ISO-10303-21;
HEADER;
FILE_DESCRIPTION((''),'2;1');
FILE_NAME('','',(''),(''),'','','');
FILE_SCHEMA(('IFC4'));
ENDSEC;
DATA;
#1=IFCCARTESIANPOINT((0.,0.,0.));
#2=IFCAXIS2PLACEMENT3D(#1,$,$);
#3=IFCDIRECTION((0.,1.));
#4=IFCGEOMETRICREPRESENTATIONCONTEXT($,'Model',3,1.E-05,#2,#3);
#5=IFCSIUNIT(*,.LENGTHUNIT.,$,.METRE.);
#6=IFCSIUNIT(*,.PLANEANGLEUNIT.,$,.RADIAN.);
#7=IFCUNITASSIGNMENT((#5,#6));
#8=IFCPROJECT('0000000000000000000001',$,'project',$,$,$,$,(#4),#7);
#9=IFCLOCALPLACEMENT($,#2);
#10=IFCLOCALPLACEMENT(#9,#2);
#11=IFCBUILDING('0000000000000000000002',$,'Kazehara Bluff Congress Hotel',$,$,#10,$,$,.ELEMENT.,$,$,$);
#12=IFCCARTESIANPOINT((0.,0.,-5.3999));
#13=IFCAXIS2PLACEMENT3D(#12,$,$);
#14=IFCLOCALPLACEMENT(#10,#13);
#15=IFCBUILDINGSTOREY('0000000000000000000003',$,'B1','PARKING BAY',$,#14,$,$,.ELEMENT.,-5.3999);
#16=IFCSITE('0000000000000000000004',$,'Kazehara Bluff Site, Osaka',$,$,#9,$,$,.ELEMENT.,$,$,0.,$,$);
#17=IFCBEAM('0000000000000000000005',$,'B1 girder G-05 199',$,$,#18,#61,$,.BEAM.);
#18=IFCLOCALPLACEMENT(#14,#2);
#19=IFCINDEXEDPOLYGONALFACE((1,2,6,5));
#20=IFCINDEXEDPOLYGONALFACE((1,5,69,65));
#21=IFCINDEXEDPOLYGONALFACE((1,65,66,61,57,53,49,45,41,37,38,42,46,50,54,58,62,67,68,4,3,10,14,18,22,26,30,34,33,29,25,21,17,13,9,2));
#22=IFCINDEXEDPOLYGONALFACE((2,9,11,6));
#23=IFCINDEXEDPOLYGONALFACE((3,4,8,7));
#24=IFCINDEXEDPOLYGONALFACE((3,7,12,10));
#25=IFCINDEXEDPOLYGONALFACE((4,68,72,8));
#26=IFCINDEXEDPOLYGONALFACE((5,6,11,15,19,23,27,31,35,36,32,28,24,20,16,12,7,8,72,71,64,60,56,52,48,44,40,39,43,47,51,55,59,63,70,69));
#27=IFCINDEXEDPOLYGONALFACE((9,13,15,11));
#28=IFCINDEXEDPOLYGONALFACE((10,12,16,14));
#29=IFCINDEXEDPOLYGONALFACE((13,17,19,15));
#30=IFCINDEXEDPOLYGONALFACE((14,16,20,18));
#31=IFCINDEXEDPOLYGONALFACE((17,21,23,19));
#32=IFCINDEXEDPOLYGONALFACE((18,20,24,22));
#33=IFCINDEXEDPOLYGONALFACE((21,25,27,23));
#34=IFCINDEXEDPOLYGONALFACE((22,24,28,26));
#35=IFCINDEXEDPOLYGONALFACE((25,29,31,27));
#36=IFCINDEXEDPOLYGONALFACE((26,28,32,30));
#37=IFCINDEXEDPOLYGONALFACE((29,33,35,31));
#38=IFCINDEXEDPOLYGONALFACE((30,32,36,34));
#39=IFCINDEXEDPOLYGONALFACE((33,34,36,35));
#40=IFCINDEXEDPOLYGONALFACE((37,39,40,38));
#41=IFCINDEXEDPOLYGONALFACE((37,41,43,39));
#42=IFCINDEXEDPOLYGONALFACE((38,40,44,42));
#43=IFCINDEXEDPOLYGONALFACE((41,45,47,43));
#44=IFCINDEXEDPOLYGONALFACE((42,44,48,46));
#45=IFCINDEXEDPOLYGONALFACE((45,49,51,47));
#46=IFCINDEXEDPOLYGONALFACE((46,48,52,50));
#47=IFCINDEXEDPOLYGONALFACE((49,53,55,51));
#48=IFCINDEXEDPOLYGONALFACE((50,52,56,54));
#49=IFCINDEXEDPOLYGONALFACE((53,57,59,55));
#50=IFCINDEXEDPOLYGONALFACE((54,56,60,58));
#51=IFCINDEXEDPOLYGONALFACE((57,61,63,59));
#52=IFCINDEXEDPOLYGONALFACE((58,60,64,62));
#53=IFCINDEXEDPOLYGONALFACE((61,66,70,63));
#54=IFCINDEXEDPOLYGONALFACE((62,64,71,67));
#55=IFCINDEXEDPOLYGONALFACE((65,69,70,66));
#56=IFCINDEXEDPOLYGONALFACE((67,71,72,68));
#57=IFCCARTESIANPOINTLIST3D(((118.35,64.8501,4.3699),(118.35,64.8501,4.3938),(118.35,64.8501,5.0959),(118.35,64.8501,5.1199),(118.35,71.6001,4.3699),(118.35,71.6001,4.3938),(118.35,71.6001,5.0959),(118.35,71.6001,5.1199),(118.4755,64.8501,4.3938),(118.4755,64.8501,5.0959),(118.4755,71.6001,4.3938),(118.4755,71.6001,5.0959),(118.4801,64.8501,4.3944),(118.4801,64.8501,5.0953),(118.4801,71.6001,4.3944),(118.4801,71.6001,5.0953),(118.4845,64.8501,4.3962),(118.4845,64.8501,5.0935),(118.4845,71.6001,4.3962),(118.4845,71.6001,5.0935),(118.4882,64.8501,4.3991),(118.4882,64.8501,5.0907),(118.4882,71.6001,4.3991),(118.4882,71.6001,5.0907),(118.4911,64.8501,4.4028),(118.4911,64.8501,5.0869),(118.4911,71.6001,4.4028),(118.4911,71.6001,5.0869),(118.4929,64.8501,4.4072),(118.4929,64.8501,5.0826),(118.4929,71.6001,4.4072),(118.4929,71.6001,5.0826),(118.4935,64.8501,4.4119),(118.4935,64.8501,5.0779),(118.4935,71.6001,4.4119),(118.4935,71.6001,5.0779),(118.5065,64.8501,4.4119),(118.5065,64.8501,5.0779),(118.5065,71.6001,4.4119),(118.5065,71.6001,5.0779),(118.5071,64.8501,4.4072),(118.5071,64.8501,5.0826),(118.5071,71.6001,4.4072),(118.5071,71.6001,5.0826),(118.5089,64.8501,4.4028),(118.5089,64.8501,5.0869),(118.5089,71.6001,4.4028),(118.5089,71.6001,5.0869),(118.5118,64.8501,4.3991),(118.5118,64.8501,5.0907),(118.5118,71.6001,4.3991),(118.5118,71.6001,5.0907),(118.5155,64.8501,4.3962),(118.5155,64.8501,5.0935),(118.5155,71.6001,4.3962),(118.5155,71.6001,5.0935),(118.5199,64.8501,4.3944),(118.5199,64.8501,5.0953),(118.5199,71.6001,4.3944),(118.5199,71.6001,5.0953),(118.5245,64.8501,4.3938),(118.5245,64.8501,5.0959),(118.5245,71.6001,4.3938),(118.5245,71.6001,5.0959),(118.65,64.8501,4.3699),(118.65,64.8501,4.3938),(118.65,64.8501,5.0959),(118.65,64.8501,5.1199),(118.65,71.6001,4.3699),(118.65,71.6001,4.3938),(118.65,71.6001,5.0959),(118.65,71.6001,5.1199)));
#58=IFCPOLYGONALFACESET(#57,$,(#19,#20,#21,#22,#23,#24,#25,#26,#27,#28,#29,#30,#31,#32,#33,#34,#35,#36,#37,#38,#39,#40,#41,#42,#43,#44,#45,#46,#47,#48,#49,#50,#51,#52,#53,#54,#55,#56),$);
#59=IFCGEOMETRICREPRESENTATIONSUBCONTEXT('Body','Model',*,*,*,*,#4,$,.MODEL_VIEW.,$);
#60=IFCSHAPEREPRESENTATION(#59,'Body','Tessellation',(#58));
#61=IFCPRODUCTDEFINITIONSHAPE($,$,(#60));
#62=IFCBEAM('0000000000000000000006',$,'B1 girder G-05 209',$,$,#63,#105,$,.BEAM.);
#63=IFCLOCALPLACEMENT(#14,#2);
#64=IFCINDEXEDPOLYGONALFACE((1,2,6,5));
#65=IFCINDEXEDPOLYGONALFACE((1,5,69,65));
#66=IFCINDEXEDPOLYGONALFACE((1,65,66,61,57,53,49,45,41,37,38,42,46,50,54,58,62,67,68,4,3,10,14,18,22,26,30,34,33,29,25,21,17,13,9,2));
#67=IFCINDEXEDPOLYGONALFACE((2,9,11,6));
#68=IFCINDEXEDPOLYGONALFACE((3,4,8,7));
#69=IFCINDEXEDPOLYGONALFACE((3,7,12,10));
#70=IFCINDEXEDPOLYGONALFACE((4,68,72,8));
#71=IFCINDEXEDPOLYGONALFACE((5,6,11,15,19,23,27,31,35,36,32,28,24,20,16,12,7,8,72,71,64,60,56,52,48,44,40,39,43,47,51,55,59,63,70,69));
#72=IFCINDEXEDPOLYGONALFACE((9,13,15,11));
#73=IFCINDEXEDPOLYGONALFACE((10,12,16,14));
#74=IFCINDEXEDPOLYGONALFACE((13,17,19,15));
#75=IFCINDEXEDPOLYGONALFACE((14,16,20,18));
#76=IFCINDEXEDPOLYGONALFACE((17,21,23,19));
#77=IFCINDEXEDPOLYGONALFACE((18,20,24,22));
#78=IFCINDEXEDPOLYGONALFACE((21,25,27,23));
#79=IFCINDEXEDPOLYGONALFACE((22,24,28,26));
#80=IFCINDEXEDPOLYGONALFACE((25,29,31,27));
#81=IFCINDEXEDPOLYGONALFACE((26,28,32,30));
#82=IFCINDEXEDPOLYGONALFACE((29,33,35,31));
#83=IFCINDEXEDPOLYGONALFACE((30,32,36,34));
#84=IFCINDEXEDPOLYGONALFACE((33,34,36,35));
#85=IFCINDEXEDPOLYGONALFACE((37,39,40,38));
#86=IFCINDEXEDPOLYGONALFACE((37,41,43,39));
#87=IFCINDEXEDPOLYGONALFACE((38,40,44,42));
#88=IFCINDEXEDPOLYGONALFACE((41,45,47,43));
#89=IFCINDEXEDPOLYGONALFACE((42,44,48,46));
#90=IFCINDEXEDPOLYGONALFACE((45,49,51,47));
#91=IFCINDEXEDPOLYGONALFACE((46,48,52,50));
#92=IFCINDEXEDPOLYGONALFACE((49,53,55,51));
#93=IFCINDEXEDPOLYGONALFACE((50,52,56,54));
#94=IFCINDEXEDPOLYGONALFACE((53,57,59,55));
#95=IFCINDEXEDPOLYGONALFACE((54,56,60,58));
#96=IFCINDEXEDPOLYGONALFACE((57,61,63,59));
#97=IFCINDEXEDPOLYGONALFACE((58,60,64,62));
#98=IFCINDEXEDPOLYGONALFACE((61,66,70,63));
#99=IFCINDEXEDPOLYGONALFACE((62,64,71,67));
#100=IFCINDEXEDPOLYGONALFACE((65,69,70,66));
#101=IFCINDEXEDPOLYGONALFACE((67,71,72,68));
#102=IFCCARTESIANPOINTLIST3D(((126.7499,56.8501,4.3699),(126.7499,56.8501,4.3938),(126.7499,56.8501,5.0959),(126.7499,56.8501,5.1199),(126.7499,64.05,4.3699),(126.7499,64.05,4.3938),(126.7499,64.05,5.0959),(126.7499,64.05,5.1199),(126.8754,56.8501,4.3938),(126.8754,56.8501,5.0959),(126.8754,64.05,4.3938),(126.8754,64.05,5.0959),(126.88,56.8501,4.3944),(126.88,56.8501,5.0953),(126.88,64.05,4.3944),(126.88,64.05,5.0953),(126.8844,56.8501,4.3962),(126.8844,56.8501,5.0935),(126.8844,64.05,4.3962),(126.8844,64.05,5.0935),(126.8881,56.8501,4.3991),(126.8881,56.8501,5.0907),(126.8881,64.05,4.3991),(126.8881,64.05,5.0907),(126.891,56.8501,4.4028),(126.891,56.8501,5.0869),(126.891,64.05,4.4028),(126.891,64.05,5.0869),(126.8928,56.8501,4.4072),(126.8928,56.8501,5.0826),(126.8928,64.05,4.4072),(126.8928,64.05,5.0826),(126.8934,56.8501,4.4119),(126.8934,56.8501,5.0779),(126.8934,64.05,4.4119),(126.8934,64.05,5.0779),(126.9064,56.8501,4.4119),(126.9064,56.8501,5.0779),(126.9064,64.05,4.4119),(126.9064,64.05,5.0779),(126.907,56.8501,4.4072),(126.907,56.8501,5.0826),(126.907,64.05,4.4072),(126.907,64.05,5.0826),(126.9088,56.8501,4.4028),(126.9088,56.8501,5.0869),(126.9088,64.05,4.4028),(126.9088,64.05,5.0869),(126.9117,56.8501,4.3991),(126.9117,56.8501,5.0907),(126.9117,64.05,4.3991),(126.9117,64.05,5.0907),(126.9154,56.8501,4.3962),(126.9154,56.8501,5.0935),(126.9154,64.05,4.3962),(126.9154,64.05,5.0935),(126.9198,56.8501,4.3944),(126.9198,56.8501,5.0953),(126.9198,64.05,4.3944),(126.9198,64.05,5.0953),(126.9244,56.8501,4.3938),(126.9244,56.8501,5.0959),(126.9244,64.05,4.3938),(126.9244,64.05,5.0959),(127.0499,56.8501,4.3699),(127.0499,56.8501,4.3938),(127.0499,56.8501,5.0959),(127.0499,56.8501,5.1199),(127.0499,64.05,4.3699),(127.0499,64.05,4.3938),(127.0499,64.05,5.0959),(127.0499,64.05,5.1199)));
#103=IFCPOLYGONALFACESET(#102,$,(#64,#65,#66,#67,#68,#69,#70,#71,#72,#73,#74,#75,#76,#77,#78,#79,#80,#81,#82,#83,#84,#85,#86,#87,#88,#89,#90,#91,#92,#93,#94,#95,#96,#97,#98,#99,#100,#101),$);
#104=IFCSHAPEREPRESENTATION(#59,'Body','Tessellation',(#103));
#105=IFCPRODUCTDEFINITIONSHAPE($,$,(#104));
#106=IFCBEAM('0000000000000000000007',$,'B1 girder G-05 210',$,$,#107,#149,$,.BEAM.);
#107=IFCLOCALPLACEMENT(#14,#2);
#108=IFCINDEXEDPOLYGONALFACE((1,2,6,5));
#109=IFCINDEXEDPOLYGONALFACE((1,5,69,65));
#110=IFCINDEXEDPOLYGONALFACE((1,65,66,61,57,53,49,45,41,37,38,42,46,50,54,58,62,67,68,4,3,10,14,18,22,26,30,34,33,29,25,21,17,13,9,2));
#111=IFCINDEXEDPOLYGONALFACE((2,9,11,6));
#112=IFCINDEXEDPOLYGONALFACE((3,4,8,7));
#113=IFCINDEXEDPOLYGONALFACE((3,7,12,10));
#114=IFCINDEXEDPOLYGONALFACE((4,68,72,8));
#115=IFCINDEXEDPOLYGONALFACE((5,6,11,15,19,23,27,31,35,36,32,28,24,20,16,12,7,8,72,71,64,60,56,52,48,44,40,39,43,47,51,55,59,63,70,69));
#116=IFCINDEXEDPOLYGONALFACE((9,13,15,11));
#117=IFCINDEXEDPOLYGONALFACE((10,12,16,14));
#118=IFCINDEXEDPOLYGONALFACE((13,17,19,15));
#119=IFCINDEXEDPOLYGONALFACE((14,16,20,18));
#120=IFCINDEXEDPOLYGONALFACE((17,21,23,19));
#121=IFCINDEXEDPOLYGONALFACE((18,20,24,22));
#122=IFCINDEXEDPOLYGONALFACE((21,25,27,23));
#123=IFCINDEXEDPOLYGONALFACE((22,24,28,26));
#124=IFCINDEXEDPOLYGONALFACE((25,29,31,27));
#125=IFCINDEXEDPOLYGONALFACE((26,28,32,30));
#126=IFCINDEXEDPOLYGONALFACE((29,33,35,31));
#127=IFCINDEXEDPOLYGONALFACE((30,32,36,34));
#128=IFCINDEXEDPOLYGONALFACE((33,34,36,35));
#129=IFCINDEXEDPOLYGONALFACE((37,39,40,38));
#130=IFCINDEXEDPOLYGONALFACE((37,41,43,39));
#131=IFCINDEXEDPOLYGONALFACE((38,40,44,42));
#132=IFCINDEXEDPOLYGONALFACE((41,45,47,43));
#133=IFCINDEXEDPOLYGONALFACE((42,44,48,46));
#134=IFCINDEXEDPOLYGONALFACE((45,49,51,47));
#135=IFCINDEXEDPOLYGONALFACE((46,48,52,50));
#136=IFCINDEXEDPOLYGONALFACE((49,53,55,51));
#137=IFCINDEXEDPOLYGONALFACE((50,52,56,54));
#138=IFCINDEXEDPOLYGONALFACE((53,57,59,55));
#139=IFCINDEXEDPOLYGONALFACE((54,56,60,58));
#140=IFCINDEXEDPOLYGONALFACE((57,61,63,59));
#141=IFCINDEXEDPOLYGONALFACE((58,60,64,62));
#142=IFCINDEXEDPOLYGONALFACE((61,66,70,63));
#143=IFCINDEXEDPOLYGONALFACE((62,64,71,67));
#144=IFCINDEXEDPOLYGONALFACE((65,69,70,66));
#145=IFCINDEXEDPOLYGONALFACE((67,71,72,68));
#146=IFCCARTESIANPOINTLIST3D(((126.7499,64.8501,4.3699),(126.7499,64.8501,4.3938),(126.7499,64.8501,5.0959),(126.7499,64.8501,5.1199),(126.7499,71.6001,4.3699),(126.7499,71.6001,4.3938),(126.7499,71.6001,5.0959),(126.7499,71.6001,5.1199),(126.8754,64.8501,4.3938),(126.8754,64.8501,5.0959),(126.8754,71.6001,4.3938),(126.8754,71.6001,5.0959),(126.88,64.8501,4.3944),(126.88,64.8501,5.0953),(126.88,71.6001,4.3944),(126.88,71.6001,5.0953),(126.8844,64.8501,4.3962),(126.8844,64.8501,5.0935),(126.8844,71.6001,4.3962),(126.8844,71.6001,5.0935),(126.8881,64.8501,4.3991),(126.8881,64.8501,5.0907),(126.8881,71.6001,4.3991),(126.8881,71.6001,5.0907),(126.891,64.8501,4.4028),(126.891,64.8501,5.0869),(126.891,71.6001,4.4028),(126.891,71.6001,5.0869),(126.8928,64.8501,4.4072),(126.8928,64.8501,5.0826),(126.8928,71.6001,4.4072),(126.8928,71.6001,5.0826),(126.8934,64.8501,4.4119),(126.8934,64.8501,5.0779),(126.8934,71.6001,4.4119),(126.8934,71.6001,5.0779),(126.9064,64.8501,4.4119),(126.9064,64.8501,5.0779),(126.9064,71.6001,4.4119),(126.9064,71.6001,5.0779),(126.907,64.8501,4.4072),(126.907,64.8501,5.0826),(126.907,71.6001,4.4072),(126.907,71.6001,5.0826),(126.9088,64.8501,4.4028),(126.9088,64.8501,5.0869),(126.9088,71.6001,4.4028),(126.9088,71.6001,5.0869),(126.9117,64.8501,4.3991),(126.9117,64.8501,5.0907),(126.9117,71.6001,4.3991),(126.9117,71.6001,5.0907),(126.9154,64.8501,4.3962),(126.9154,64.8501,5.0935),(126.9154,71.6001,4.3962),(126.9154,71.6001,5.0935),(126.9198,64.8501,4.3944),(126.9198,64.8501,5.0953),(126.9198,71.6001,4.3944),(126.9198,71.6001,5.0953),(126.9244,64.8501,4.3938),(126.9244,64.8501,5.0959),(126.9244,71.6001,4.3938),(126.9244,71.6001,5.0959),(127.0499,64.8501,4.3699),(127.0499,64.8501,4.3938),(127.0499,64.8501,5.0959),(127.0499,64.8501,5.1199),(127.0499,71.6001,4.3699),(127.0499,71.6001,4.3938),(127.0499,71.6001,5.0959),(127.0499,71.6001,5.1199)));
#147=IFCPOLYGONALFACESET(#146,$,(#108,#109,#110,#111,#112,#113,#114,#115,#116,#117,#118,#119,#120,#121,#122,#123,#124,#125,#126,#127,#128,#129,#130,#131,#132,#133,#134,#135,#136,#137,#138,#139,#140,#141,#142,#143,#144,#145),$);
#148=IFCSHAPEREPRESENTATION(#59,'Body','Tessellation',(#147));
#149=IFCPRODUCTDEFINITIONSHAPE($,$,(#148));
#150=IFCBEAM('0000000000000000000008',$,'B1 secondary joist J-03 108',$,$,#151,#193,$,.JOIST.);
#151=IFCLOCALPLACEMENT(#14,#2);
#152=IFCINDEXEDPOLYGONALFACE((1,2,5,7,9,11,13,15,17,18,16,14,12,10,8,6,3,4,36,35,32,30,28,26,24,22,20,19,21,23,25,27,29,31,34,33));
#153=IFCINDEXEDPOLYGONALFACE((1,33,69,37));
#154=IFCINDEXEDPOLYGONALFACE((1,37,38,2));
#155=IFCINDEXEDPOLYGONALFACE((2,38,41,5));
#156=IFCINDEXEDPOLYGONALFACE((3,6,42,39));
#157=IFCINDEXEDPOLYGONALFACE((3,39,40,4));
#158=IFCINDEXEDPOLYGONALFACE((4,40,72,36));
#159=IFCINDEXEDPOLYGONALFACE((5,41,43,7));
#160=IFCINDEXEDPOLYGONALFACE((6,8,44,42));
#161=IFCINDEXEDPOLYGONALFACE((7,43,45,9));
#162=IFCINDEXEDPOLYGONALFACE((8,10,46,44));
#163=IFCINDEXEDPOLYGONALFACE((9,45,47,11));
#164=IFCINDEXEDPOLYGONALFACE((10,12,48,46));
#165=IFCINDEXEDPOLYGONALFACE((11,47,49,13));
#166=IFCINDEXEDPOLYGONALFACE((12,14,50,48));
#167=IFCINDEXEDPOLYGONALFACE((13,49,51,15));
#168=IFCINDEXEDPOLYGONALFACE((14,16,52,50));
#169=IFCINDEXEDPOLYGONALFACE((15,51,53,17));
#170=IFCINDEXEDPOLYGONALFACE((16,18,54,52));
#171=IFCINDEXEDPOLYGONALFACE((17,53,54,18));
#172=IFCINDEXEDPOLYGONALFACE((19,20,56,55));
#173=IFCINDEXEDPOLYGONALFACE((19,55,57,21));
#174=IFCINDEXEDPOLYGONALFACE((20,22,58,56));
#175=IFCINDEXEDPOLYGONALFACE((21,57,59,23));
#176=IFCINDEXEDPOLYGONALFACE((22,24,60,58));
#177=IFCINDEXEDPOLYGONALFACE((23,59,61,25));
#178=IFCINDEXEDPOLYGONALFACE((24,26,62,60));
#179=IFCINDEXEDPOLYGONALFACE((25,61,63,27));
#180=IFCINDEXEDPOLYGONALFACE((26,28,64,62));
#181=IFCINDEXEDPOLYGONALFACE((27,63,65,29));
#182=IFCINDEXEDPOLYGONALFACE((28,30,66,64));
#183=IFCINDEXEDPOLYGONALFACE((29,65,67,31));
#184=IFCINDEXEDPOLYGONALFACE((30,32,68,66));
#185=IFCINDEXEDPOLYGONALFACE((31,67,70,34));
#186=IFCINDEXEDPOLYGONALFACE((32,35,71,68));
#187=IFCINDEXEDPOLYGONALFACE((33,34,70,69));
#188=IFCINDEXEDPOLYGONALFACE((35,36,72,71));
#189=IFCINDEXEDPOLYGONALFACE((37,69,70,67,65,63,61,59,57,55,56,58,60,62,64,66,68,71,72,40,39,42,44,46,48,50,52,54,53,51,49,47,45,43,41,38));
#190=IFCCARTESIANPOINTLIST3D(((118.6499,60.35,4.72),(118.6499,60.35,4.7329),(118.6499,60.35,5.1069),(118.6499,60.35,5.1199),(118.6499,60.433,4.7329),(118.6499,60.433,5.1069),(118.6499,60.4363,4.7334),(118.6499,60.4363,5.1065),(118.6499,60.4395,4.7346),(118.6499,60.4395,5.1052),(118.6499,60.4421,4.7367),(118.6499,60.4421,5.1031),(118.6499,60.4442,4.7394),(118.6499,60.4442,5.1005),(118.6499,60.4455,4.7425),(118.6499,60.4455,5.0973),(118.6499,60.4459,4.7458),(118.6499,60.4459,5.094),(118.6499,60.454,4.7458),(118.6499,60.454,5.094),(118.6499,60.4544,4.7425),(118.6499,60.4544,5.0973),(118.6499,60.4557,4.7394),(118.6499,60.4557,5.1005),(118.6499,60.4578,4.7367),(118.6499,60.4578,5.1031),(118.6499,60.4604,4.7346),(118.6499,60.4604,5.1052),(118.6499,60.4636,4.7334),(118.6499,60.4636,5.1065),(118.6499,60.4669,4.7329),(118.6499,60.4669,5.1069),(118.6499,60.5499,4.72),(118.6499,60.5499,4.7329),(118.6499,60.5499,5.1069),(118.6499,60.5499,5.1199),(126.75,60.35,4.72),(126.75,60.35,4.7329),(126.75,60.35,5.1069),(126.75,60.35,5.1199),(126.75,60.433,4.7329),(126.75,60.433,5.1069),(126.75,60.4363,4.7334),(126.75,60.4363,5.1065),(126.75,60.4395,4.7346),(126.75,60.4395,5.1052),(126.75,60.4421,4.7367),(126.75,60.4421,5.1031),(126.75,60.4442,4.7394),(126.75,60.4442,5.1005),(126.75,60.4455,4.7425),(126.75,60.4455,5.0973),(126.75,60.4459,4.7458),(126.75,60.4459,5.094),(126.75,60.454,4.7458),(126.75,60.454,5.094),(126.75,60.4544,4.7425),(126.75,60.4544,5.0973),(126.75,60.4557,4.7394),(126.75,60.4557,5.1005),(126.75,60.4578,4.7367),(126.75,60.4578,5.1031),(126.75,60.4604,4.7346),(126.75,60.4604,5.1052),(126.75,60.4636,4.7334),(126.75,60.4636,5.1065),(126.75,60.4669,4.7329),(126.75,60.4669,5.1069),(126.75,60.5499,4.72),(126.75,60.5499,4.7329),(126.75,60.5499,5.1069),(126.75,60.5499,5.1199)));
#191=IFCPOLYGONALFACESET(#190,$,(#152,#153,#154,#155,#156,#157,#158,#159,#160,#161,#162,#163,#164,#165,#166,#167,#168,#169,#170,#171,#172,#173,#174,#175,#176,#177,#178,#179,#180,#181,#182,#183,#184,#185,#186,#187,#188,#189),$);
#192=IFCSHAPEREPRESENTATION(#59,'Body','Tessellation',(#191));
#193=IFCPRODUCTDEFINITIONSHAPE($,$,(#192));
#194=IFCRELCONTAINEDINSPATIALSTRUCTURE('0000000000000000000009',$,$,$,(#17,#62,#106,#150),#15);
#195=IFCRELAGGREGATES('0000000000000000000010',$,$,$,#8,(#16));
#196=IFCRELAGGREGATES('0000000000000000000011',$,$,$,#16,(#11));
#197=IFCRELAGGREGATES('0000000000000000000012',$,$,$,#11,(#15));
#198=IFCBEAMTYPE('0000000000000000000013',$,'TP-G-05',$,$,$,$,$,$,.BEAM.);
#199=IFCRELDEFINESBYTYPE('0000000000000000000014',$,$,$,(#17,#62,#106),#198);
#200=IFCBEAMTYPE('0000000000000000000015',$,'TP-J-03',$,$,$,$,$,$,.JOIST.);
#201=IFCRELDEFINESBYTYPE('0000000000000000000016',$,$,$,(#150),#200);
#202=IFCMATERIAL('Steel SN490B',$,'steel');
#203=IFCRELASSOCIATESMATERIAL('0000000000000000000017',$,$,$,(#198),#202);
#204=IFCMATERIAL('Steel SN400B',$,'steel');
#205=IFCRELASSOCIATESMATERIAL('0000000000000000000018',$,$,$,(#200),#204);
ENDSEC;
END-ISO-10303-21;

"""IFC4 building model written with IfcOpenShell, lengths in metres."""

from ifc_helpers import new_model, si_unit, direction, frame, origin, origin_2d, place, context, subcontext, project, spatial, i_section, extrude, material, material_profile, profile_set, type_object, element, save


model = new_model("IFC4")

# Units and contexts
model_context = context("Model", 3, precision=1e-05, world=origin(), true_north=direction((0.0, 1.0)))
body_context = subcontext(model_context, "Body", "Model", "MODEL_VIEW")
ifc_project = project(units=[si_unit("LENGTHUNIT", "METRE"), si_unit("PLANEANGLEUNIT", "RADIAN")], contexts=[model_context])

# Site, building, storey
site_placement = place(None, origin())
site = spatial("IfcSite", under=ifc_project, at=site_placement, Name="Kazehara Bluff Site, Osaka", CompositionType="ELEMENT", RefElevation=0.0)
building_placement = place(site_placement, origin())
building = spatial("IfcBuilding", under=site, at=building_placement, Name="Kazehara Bluff Congress Hotel", CompositionType="ELEMENT")
storey_placement = place(building_placement, frame((0.0, 0.0, -5.3999)))
storey = spatial("IfcBuildingStorey", under=building, at=storey_placement, Name="B1", Description="PARKING BAY", CompositionType="ELEMENT", Elevation=-5.3999)

# Beams
ifc_material_1 = material(Name="Steel SN490B", Category="steel")
ifc_material_profile_1 = material_profile(ifc_material_1, i_section(OverallWidth=0.3, OverallDepth=0.75, WebThickness=0.0129, FlangeThickness=0.0239, FilletRadius=0.0181, at=origin_2d()))
ifc_profile_set_1 = profile_set([ifc_material_profile_1], Name="Steel SN490B")
beam_type_1 = type_object("IfcBeamType", Name="TP-G-05", PredefinedType="BEAM", material=ifc_profile_set_1)
beam_1_placement = place(storey_placement, frame((118.5, 64.8501, 4.7449), z_axis=(0.0, 1.0, 0.0), x_axis=(-1.0, 0.0, 0.0)))
element("IfcBeam", 1, at=beam_1_placement, inside=storey, type_object=beam_type_1, Name="B1 girder G-05 199", PredefinedType="BEAM", context=body_context, shape_type="SweptSolid", body=[
    extrude(i_section(OverallWidth=0.3, OverallDepth=0.75, WebThickness=0.0129, FlangeThickness=0.0239, FilletRadius=0.0181, at=origin_2d()), origin(), (0.0, 0.0, 1.0), 6.75),
])
beam_2_placement = place(storey_placement, frame((126.8999, 56.8501, 4.7449), z_axis=(0.0, 1.0, 0.0), x_axis=(-1.0, 0.0, 0.0)))
element("IfcBeam", 2, at=beam_2_placement, inside=storey, type_object=beam_type_1, Name="B1 girder G-05 209", PredefinedType="BEAM", context=body_context, shape_type="SweptSolid", body=[
    extrude(i_section(OverallWidth=0.3, OverallDepth=0.75, WebThickness=0.0129, FlangeThickness=0.0239, FilletRadius=0.0181, at=origin_2d()), origin(), (0.0, 0.0, 1.0), 7.2),
])
beam_3_placement = place(storey_placement, frame((126.8999, 64.8501, 4.7449), z_axis=(0.0, 1.0, 0.0), x_axis=(-1.0, 0.0, 0.0)))
element("IfcBeam", 3, at=beam_3_placement, inside=storey, type_object=beam_type_1, Name="B1 girder G-05 210", PredefinedType="BEAM", context=body_context, shape_type="SweptSolid", body=[
    extrude(i_section(OverallWidth=0.3, OverallDepth=0.75, WebThickness=0.0129, FlangeThickness=0.0239, FilletRadius=0.0181, at=origin_2d()), origin(), (0.0, 0.0, 1.0), 6.75),
])
ifc_material_2 = material(Name="Steel SN400B", Category="steel")
ifc_material_profile_2 = material_profile(ifc_material_2, i_section(OverallWidth=0.2, OverallDepth=0.3999, WebThickness=0.0081, FlangeThickness=0.0129, FilletRadius=0.0129, at=origin_2d()))
ifc_profile_set_2 = profile_set([ifc_material_profile_2], Name="Steel SN400B")
beam_type_2 = type_object("IfcBeamType", Name="TP-J-03", PredefinedType="JOIST", material=ifc_profile_set_2)
for number, where, z_axis, x_axis, name in (
    (4, (118.6499, 60.45, 4.9199), (1.0, 0.0, 0.0), (0.0, 1.0, 0.0), "B1 secondary joist J-03 108"),
):
    element("IfcBeam", number, at=place(storey_placement, frame(where, z_axis=z_axis, x_axis=x_axis)), inside=storey, type_object=beam_type_2, Name=name, PredefinedType="JOIST", context=body_context, shape_type="SweptSolid", body=[
        extrude(i_section(OverallWidth=0.2, OverallDepth=0.3999, WebThickness=0.0081, FlangeThickness=0.0129, FilletRadius=0.0129, at=origin_2d()), origin(), (0.0, 0.0, 1.0), 8.1001),
    ])

save(model, "model.ifc")
